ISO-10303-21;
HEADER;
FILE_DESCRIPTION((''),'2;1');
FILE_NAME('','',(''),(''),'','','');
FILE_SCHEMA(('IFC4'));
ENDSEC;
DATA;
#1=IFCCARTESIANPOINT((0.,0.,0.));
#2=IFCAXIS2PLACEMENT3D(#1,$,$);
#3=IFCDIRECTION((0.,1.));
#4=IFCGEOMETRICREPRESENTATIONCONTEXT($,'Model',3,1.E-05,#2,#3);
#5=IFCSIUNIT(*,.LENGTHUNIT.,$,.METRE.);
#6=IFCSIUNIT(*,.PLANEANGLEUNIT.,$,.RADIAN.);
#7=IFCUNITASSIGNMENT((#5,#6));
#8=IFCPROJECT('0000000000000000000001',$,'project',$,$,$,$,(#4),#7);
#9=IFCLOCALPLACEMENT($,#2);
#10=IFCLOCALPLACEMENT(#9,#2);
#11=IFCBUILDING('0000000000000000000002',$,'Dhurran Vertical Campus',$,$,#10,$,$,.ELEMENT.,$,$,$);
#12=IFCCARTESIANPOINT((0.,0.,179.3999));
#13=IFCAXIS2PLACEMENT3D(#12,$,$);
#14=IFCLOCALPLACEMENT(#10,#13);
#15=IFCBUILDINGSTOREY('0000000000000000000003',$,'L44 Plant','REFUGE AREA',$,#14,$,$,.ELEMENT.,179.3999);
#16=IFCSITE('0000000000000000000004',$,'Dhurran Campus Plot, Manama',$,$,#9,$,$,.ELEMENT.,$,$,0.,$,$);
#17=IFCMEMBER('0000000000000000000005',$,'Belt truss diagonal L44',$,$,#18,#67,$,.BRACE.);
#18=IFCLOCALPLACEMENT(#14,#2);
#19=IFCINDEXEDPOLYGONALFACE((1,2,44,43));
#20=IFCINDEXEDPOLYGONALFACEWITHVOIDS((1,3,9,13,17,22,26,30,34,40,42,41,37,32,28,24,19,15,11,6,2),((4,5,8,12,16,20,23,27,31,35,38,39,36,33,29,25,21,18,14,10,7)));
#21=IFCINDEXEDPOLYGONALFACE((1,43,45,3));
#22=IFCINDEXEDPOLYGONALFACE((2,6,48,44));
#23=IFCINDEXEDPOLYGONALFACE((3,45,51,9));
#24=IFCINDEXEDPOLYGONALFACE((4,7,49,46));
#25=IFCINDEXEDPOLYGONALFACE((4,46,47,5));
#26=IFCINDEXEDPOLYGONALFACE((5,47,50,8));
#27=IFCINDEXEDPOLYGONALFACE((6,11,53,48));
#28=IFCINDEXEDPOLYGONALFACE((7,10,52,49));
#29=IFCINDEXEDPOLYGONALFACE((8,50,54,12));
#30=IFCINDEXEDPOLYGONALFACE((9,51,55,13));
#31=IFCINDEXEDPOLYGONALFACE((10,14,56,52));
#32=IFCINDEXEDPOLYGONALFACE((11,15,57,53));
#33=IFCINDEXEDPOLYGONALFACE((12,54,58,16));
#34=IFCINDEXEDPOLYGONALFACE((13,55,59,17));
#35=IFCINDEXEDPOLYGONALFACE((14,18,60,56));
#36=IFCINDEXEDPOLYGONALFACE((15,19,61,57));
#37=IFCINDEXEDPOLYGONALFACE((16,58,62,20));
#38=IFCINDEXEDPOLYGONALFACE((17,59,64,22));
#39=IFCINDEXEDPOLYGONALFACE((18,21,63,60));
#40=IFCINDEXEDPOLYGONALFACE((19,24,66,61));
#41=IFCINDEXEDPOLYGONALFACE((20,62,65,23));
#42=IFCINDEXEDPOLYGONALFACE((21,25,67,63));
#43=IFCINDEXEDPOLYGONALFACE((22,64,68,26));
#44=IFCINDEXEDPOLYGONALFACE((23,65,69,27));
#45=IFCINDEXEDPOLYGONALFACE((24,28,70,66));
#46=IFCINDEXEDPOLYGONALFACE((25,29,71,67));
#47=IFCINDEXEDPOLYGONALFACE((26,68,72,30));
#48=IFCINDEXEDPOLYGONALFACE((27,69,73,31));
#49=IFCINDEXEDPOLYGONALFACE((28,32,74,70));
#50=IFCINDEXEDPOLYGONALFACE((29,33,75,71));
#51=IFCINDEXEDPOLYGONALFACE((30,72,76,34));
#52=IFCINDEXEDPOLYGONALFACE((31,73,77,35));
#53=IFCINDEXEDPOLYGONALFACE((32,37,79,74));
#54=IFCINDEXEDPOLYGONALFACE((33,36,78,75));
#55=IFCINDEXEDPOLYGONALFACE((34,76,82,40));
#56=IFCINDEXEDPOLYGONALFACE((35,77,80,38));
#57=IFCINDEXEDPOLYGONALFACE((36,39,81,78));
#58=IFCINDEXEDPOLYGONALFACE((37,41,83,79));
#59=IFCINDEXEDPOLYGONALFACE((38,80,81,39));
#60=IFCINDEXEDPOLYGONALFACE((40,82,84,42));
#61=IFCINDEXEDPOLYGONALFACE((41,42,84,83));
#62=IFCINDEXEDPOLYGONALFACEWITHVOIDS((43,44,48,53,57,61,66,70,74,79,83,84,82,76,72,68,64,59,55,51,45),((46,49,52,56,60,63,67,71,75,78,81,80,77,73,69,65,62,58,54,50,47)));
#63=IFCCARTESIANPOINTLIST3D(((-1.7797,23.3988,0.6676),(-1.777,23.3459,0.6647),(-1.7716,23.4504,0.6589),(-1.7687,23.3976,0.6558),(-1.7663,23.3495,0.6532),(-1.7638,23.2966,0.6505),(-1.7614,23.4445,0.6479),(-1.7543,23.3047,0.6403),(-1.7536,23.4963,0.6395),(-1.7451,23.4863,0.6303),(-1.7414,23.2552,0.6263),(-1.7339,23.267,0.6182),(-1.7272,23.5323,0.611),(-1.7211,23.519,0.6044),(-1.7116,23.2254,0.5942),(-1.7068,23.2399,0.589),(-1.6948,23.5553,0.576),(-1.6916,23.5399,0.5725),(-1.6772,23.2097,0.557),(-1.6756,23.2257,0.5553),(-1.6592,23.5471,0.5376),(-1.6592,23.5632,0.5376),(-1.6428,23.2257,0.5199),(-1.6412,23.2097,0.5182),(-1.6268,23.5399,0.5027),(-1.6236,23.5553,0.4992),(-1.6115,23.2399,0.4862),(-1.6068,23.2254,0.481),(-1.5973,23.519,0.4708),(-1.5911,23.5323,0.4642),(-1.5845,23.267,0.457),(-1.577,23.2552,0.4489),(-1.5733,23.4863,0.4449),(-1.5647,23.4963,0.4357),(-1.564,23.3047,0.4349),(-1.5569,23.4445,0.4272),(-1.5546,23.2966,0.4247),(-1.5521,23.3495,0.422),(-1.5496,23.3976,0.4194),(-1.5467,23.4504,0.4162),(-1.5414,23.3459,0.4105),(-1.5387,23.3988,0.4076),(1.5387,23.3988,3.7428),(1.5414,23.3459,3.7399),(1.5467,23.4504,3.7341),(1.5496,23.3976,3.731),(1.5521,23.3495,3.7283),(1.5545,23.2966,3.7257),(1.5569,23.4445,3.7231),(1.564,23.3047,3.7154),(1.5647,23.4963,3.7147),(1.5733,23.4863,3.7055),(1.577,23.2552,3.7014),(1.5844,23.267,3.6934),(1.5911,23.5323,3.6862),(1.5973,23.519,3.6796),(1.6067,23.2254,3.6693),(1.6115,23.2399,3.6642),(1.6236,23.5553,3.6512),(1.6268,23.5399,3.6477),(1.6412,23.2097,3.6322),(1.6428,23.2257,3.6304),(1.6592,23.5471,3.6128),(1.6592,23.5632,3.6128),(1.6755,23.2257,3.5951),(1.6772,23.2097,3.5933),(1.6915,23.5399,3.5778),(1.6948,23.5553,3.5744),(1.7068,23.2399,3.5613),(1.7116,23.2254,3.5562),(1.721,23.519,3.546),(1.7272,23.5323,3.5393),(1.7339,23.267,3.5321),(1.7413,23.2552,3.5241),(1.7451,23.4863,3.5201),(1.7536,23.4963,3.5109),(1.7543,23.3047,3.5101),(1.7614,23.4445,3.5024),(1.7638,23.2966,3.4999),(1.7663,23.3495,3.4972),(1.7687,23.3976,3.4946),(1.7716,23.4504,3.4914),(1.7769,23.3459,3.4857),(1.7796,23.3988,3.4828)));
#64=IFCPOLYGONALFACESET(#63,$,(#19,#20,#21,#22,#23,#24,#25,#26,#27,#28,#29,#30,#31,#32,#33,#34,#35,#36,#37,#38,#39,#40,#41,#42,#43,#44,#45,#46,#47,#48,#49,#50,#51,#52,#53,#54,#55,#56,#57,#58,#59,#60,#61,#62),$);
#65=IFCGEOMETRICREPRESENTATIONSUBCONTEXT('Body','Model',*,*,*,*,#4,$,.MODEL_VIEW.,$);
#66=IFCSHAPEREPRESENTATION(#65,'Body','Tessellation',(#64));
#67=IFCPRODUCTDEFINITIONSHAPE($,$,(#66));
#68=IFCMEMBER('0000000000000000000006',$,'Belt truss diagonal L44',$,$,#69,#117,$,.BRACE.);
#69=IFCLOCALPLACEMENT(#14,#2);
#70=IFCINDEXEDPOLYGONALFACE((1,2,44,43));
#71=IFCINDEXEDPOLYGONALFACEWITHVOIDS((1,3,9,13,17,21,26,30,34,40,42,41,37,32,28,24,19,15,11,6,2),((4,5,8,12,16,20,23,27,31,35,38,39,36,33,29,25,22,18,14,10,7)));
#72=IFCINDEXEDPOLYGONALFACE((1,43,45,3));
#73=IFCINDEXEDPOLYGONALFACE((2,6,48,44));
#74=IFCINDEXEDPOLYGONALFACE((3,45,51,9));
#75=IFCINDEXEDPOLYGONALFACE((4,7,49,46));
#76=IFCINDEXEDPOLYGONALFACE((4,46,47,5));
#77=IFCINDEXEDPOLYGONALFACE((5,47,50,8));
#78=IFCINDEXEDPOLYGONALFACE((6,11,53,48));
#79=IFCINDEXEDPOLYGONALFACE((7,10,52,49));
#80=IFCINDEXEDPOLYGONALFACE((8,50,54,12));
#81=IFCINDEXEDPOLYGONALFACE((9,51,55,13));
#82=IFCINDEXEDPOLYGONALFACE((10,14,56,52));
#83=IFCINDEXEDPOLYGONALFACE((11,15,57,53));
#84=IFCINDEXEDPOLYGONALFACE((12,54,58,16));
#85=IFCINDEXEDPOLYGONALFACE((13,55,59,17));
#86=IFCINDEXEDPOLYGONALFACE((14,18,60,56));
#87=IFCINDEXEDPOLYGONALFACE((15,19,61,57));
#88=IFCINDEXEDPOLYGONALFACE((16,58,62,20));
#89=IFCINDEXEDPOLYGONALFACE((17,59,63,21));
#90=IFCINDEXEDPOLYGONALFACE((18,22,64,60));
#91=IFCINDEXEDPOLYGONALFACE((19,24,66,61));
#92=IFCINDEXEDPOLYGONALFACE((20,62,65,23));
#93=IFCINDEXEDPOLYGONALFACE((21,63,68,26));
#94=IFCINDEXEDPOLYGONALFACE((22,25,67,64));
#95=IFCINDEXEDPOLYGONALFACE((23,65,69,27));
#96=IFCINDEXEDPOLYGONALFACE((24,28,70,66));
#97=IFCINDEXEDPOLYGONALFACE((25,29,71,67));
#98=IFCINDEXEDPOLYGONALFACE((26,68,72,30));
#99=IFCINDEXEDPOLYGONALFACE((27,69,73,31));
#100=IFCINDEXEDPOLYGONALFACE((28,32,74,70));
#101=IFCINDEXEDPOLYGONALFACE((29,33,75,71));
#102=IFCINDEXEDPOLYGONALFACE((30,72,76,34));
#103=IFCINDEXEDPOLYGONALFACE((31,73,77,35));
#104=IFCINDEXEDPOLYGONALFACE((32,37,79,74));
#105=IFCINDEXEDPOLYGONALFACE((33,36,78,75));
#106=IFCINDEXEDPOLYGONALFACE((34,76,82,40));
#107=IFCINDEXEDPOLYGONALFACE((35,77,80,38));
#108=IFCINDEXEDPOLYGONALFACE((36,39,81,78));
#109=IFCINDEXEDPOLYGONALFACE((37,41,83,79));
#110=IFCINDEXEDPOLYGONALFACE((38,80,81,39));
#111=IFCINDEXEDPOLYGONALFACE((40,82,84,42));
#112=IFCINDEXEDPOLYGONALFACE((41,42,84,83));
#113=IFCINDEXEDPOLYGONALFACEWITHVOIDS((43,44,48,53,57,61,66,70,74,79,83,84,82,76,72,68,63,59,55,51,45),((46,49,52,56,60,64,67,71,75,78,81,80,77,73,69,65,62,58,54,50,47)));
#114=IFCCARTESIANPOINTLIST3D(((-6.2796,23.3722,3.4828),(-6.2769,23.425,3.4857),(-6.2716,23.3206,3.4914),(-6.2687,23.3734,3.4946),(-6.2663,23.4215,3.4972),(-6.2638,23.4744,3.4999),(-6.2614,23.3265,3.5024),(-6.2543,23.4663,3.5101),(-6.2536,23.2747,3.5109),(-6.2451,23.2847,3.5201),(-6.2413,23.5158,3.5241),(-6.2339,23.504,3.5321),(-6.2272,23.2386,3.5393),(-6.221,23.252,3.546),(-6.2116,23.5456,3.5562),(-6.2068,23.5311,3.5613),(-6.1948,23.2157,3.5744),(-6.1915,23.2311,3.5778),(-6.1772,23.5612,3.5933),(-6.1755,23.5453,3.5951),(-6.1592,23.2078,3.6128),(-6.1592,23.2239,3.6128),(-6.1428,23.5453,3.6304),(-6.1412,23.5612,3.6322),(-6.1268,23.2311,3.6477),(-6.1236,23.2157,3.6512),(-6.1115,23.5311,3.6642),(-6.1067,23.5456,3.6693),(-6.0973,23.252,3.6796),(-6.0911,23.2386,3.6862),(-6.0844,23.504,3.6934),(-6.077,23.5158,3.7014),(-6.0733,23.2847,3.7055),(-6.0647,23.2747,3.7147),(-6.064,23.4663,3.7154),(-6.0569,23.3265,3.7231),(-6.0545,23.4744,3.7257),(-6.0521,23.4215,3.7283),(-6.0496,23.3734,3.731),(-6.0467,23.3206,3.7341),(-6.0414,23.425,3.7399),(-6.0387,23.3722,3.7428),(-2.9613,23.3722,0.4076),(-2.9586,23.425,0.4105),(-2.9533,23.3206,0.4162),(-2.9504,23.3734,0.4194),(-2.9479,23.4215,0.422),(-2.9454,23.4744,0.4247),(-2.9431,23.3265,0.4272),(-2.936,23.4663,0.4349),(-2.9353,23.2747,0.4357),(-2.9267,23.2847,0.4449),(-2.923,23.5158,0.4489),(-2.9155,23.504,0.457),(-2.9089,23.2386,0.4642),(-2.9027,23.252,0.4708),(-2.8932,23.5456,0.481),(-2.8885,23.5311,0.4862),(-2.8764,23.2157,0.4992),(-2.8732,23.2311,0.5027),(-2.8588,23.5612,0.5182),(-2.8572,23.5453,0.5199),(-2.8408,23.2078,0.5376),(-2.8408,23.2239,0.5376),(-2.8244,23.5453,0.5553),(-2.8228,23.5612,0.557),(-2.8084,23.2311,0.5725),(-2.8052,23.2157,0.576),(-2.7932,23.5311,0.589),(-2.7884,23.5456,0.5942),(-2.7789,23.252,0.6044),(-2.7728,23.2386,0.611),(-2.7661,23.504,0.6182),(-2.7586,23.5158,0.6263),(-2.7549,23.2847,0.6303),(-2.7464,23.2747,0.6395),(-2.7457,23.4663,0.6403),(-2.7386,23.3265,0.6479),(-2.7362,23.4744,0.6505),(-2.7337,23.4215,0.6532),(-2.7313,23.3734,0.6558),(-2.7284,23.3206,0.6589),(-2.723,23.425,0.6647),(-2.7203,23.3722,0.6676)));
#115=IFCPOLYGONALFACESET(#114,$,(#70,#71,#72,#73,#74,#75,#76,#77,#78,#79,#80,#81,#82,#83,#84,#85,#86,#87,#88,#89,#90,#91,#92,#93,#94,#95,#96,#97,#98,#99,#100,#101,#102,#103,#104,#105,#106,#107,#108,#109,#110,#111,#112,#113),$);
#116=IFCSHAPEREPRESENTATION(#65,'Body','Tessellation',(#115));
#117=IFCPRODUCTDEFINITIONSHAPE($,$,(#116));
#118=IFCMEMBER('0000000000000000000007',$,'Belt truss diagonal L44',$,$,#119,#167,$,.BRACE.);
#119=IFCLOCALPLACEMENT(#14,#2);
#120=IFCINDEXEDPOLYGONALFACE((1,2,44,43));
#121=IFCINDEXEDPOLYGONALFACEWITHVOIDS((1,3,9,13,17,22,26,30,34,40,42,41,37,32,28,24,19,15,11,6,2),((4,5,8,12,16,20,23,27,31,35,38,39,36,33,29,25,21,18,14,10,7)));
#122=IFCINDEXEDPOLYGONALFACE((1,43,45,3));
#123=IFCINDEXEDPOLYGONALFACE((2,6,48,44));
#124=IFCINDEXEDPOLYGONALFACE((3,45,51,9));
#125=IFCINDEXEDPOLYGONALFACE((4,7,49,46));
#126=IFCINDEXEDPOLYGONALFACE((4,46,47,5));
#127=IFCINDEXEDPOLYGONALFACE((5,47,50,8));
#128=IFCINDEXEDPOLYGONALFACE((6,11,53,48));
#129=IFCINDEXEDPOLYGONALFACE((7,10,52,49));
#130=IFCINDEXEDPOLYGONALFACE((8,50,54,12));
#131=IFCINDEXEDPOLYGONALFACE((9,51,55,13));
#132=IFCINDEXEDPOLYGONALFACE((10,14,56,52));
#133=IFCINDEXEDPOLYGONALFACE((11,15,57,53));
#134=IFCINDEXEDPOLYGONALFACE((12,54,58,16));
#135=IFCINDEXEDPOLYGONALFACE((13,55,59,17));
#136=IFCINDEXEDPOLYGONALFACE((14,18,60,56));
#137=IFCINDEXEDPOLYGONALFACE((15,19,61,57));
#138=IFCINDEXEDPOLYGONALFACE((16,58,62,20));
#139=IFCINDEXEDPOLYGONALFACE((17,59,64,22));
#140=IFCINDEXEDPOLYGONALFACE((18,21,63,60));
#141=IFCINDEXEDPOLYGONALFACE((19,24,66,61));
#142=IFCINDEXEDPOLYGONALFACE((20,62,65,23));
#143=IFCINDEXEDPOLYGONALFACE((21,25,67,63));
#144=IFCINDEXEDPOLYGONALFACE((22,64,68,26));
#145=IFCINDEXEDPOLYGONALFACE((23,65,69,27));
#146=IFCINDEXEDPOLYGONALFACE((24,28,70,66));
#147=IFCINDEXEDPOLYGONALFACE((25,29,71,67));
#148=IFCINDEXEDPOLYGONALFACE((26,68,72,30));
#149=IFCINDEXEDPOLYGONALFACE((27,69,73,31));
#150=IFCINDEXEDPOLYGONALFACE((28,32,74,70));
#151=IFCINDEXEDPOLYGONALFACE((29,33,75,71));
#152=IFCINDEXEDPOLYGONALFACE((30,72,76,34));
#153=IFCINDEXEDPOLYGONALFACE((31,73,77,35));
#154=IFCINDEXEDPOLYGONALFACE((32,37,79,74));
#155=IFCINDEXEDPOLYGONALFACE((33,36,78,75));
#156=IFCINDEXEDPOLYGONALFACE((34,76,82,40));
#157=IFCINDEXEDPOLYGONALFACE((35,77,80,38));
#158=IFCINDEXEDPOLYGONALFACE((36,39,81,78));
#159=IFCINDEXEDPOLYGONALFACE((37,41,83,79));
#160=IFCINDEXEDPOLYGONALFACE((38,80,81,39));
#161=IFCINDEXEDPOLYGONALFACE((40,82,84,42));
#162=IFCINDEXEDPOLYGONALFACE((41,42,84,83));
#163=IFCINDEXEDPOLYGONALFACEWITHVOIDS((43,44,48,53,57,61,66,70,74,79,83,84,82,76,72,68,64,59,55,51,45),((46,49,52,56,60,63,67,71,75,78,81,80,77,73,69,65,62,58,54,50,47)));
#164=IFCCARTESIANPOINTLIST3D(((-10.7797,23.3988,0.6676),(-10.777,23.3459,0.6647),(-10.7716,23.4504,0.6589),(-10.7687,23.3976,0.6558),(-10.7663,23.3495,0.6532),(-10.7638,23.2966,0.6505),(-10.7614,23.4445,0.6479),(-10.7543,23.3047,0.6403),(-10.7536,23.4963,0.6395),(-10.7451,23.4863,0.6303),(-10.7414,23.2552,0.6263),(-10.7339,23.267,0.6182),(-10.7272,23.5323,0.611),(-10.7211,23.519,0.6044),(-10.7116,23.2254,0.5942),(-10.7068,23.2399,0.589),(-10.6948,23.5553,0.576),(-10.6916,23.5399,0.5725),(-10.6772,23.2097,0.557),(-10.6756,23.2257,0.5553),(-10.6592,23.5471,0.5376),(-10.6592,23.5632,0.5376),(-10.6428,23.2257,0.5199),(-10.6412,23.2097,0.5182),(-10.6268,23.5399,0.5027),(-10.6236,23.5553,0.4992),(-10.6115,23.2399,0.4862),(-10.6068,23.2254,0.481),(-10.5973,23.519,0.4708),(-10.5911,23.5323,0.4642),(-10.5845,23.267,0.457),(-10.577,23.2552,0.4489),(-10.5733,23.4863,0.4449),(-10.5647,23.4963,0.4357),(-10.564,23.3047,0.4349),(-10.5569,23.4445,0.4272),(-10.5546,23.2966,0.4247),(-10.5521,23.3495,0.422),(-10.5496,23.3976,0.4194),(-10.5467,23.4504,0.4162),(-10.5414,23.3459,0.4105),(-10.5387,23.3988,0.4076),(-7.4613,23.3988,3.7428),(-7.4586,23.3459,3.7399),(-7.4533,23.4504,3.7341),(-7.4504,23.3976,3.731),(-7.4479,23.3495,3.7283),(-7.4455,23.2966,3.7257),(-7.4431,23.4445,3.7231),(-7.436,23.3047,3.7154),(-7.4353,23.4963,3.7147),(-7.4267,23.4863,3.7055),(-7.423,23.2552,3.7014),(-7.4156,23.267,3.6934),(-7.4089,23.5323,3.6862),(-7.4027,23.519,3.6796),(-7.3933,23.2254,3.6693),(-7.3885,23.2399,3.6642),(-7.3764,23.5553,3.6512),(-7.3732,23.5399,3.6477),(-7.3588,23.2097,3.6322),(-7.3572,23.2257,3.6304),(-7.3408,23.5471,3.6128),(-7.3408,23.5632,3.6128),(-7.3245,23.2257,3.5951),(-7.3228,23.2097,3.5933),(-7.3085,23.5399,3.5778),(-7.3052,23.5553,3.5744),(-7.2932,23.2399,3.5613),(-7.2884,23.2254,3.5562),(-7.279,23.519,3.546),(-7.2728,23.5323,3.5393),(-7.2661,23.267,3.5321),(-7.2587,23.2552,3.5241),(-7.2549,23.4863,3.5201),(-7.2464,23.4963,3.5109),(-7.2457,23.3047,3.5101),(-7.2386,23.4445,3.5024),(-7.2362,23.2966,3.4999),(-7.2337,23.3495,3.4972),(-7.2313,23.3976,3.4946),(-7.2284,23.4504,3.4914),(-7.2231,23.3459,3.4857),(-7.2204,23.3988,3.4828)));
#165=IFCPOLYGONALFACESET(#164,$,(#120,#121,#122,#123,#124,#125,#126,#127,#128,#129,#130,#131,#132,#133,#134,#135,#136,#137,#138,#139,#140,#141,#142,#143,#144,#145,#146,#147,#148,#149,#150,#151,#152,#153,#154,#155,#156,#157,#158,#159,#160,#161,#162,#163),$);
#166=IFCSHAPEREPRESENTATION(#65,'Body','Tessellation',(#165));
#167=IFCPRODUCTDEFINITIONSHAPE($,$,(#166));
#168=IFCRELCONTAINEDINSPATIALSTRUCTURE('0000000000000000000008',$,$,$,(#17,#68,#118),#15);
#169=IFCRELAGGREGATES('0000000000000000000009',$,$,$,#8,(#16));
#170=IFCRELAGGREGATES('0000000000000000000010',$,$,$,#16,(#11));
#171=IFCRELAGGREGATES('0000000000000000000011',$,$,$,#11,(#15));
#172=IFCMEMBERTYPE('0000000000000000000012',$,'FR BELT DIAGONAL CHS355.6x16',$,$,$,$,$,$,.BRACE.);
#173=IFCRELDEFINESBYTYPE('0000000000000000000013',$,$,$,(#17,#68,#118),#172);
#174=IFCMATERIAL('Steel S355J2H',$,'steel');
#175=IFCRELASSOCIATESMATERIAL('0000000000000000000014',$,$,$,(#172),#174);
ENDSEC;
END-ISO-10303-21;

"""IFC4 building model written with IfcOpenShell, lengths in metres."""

from ifc_helpers import new_model, si_unit, direction, frame, origin, origin_2d, place, context, subcontext, project, spatial, hollow_circle, extrude, material, material_profile, profile_set, type_object, element, save


model = new_model("IFC4")

# Units and contexts
model_context = context("Model", 3, precision=1e-05, world=origin(), true_north=direction((0.0, 1.0)))
body_context = subcontext(model_context, "Body", "Model", "MODEL_VIEW")
ifc_project = project(units=[si_unit("LENGTHUNIT", "METRE"), si_unit("PLANEANGLEUNIT", "RADIAN")], contexts=[model_context])

# Site, building, storey
site_placement = place(None, origin())
site = spatial("IfcSite", under=ifc_project, at=site_placement, Name="Dhurran Campus Plot, Manama", CompositionType="ELEMENT", RefElevation=0.0)
building_placement = place(site_placement, origin())
building = spatial("IfcBuilding", under=site, at=building_placement, Name="Dhurran Vertical Campus", CompositionType="ELEMENT")
storey_placement = place(building_placement, frame((0.0, 0.0, 179.3999)))
storey = spatial("IfcBuildingStorey", under=building, at=storey_placement, Name="L44 Plant", Description="REFUGE AREA", CompositionType="ELEMENT", Elevation=179.3999)

# Members
ifc_material_1 = material(Name="Steel S355J2H", Category="steel")
ifc_material_profile_1 = material_profile(ifc_material_1, hollow_circle(Radius=0.1777, WallThickness=0.0161, at=origin_2d()), Name="CHS355.6x16")
ifc_profile_set_1 = profile_set([ifc_material_profile_1], Name="Steel S355J2H")
member_type = type_object("IfcMemberType", Name="FR BELT DIAGONAL CHS355.6x16", PredefinedType="BRACE", material=ifc_profile_set_1)
for number, where, z_axis, x_axis, name in (
    (1, (-1.6592, 23.3855, 0.5376), (0.73347, 0.0, 0.679722), (0.0, 1.0, 0.0), "Belt truss diagonal L44"),
    (2, (-2.8408, 23.3855, 0.5376), (-0.73347, 0.0, 0.679722), (0.0, -1.0, 0.0), "Belt truss diagonal L44"),
    (3, (-10.6592, 23.3855, 0.5376), (0.73347, 0.0, 0.679722), (0.0, 1.0, 0.0), "Belt truss diagonal L44"),
):
    element("IfcMember", number, at=place(storey_placement, frame(where, z_axis=z_axis, x_axis=x_axis)), inside=storey, type_object=member_type, Name=name, PredefinedType="BRACE", context=body_context, shape_type="SweptSolid", body=[
        extrude(hollow_circle(Radius=0.1777, WallThickness=0.0161, at=origin_2d()), origin(), (0.0, 0.0, 1.0), 4.5242),
    ])

save(model, "model.ifc")
